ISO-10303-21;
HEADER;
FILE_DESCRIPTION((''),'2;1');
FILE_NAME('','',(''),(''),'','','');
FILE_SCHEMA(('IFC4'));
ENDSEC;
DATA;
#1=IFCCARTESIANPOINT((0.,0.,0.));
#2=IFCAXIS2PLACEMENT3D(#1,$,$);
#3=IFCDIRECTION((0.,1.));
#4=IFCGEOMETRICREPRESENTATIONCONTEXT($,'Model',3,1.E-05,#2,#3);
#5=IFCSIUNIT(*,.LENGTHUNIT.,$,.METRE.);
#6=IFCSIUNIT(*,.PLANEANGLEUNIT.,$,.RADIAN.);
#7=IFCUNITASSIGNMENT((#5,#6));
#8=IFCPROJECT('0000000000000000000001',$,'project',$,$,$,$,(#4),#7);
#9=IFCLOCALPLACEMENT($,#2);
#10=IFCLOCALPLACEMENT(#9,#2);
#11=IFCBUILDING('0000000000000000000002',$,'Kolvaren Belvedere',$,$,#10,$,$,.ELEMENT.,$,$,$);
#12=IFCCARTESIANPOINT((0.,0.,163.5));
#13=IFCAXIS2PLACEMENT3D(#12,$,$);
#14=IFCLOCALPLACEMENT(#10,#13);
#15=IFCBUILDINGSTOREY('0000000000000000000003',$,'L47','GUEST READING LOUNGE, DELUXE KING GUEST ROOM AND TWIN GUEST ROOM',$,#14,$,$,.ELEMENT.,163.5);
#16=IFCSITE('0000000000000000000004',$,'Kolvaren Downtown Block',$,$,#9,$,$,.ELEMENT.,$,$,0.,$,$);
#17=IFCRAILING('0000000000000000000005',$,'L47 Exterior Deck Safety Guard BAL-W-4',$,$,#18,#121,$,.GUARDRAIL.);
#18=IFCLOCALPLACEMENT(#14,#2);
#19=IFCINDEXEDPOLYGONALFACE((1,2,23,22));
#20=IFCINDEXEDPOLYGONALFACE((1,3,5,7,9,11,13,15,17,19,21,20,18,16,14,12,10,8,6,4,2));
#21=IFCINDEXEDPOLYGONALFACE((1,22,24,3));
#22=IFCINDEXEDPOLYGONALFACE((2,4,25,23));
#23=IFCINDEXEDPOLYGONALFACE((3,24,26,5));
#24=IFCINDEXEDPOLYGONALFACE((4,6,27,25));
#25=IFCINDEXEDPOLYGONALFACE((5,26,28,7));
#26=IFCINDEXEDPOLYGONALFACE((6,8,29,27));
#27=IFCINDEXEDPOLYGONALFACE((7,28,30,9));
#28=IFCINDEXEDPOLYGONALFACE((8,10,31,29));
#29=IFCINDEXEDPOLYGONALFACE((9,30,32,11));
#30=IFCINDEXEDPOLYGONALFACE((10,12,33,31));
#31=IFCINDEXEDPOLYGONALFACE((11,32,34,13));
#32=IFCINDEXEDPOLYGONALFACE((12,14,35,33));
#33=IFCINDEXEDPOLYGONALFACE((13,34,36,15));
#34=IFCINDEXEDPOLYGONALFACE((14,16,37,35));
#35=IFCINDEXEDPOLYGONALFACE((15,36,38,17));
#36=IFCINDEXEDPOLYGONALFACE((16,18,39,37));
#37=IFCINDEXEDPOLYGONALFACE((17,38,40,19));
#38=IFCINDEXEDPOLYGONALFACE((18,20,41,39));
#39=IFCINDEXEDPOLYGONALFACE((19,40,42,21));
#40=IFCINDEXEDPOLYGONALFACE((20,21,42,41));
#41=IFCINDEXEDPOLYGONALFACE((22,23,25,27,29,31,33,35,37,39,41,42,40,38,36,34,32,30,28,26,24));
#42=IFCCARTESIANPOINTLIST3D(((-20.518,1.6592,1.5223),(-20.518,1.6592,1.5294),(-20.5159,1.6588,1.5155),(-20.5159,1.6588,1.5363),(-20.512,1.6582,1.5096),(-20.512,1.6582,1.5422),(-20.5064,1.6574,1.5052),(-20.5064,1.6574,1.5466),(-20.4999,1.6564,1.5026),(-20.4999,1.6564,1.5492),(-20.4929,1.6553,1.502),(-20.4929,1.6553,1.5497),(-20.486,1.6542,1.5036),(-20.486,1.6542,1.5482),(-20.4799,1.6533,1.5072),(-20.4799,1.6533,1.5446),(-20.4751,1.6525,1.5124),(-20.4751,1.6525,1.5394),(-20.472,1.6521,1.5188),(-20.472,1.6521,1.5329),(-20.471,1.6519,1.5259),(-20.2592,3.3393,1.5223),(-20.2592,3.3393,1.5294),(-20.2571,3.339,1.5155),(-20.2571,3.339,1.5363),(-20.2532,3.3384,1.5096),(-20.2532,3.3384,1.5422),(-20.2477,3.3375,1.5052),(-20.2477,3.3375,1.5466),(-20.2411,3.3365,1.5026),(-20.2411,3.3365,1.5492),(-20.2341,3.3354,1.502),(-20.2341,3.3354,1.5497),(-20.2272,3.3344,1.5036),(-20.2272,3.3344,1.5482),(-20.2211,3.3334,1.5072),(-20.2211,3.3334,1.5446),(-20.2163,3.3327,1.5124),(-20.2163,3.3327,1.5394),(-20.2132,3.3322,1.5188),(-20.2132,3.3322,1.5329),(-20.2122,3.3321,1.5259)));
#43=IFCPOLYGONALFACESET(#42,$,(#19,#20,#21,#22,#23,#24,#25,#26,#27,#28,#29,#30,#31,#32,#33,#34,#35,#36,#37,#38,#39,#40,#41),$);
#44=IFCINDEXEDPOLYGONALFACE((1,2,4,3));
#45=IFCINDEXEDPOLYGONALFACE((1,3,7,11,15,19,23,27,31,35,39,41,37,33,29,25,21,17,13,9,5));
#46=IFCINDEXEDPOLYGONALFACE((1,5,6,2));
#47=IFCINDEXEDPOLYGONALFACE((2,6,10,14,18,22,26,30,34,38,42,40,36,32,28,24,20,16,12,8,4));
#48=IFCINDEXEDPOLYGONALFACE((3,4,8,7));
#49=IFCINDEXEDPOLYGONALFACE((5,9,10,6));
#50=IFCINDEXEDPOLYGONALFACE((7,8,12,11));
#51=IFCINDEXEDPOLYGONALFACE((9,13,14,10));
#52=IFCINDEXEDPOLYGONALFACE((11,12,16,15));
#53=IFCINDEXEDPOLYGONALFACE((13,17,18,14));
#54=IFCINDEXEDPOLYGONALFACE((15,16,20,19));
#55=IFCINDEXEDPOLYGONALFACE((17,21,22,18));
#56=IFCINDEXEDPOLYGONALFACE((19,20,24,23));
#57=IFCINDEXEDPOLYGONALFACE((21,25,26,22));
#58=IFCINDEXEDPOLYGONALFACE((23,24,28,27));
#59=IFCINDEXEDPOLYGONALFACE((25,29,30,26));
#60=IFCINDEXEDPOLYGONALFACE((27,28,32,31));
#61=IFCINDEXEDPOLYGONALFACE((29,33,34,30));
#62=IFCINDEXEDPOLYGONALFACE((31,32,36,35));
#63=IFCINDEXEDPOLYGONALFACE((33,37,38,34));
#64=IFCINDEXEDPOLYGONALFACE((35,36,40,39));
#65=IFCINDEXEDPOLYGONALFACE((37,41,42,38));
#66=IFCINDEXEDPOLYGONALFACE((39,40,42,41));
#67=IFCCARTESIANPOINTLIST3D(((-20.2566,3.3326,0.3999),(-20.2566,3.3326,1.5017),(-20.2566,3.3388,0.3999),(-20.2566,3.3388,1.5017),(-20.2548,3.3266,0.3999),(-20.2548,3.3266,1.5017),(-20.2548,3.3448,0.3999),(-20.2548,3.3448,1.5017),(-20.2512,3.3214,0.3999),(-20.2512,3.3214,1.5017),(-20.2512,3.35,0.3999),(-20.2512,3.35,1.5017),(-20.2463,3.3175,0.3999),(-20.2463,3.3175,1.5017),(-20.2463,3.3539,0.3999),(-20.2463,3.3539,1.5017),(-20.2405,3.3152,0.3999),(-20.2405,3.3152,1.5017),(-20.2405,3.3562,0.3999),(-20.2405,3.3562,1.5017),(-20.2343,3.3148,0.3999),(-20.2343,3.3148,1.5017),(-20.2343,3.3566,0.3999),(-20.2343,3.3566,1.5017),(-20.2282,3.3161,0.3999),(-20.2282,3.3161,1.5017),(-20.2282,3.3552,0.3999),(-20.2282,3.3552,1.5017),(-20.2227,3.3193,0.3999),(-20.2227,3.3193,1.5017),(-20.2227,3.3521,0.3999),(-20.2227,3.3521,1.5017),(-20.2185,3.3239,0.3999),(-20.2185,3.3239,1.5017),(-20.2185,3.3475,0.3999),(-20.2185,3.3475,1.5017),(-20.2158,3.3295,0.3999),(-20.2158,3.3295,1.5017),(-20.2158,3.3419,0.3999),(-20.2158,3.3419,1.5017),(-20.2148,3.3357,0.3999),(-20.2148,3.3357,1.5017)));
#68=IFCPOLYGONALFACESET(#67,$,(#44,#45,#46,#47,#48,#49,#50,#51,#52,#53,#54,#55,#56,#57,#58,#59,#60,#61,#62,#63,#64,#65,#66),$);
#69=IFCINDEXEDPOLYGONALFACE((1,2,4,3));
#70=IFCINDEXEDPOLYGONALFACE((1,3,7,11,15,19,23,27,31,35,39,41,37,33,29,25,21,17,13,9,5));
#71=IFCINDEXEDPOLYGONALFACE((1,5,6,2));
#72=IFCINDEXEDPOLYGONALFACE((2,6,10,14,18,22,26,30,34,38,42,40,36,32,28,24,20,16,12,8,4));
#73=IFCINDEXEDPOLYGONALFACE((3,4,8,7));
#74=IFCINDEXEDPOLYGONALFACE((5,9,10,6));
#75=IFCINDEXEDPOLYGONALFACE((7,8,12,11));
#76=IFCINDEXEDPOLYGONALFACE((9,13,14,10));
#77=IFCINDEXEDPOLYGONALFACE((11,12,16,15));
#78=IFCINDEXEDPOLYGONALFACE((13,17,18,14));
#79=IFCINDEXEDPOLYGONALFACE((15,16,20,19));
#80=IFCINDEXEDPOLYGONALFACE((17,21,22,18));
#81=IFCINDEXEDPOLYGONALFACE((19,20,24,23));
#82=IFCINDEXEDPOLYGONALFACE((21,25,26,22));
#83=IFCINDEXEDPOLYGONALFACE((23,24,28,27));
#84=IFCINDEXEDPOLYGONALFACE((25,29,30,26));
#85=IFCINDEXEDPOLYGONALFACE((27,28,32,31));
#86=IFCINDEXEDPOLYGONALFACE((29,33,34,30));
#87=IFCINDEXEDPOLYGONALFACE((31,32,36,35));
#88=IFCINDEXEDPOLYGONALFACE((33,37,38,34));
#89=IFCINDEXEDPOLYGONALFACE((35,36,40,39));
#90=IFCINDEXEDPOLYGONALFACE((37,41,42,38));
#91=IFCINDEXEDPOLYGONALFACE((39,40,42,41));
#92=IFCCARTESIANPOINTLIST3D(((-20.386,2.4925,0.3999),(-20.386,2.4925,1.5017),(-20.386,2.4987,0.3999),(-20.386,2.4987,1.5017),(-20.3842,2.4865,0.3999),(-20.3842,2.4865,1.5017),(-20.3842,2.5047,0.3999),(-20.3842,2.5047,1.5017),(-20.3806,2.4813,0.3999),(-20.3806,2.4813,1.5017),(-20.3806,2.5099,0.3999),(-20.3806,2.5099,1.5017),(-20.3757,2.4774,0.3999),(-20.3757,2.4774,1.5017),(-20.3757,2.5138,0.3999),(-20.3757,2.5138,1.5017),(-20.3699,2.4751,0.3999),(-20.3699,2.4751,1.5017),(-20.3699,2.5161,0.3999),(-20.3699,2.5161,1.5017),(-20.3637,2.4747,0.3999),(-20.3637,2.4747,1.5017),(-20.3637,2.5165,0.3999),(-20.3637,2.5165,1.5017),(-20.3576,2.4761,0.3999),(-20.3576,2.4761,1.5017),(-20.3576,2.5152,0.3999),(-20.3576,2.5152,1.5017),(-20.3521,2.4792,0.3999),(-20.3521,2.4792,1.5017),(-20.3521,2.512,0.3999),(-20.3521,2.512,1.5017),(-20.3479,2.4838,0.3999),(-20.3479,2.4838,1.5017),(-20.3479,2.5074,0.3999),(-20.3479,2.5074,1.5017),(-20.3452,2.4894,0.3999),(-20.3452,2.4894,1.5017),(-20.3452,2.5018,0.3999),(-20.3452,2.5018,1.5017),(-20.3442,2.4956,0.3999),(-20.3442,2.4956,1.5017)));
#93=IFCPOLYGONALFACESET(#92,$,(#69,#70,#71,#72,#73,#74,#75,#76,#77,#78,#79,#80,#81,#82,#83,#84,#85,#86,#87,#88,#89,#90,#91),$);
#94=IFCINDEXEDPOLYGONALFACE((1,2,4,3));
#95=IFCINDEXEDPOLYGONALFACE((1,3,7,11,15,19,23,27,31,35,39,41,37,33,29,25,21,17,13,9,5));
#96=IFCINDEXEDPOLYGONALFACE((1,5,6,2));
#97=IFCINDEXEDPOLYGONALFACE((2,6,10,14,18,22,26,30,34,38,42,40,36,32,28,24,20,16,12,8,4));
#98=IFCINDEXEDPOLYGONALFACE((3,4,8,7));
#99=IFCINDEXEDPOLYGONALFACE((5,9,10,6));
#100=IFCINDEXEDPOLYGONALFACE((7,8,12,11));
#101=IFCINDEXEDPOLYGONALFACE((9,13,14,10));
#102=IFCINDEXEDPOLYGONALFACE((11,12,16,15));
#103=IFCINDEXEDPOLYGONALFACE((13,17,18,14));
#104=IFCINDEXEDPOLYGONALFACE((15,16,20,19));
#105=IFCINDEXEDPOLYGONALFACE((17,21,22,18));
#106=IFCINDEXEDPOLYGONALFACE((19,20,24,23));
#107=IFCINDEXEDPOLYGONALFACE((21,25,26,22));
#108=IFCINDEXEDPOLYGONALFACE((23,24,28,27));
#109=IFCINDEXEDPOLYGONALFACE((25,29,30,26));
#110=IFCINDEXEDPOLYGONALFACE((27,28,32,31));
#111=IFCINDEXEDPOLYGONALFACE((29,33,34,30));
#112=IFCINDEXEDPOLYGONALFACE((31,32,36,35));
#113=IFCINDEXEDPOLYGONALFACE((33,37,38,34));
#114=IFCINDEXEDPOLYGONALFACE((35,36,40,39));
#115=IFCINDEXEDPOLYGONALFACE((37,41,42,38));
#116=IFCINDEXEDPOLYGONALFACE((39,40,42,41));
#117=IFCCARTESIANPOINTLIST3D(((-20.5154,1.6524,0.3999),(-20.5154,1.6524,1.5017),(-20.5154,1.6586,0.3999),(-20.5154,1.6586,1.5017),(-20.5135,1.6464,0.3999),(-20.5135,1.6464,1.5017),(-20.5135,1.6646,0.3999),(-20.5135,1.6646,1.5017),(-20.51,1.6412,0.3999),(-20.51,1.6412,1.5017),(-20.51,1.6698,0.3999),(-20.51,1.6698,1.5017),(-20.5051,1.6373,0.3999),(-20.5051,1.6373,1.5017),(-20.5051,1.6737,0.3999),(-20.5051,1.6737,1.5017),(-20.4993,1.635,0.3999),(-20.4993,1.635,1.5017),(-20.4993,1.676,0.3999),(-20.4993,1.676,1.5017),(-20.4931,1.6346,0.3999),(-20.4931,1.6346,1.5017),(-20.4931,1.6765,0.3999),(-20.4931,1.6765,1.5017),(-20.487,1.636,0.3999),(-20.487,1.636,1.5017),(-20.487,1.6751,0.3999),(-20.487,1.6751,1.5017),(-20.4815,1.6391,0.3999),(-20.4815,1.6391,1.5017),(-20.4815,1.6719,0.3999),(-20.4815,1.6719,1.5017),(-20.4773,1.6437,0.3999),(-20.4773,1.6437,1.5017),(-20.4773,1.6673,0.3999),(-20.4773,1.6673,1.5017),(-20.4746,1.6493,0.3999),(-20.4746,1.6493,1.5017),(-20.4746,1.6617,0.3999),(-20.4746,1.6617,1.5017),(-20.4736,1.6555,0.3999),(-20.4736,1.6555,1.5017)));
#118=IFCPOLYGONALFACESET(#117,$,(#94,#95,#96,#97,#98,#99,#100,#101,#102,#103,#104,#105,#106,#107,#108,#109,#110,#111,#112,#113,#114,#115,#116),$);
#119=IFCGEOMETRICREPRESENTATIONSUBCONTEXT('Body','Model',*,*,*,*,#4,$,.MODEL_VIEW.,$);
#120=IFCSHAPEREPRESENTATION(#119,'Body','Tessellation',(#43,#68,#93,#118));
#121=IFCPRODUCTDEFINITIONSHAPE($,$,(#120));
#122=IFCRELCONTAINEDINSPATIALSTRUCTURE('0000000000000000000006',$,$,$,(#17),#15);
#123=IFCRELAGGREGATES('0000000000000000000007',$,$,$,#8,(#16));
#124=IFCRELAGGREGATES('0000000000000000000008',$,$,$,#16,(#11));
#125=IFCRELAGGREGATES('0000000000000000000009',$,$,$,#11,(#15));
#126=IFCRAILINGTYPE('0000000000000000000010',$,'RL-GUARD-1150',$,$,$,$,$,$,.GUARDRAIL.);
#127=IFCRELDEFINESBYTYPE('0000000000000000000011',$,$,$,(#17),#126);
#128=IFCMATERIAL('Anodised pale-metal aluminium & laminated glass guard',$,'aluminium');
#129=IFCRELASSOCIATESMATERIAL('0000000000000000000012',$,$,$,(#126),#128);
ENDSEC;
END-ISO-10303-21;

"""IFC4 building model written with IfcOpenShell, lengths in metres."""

from ifc_helpers import new_model, si_unit, direction, frame, origin, origin_2d, place, context, subcontext, project, spatial, circle, extrude, material, type_object, element, save


model = new_model("IFC4")

# Units and contexts
model_context = context("Model", 3, precision=1e-05, world=origin(), true_north=direction((0.0, 1.0)))
body_context = subcontext(model_context, "Body", "Model", "MODEL_VIEW")
ifc_project = project(units=[si_unit("LENGTHUNIT", "METRE"), si_unit("PLANEANGLEUNIT", "RADIAN")], contexts=[model_context])

# Site, building, storey
site_placement = place(None, origin())
site = spatial("IfcSite", under=ifc_project, at=site_placement, Name="Kolvaren Downtown Block", CompositionType="ELEMENT", RefElevation=0.0)
building_placement = place(site_placement, origin())
building = spatial("IfcBuilding", under=site, at=building_placement, Name="Kolvaren Belvedere", CompositionType="ELEMENT")
storey_placement = place(building_placement, frame((0.0, 0.0, 163.5)))
storey = spatial("IfcBuildingStorey", under=building, at=storey_placement, Name="L47", Description="GUEST READING LOUNGE, DELUXE KING GUEST ROOM AND TWIN GUEST ROOM", CompositionType="ELEMENT", Elevation=163.5)

# Railing
ifc_material_1 = material(Name="Anodised pale-metal aluminium & laminated glass guard", Category="aluminium")
railing_type = type_object("IfcRailingType", Name="RL-GUARD-1150", PredefinedType="GUARDRAIL", material=ifc_material_1)
railing_1_placement = place(storey_placement, frame((-20.2358, 3.3357, 0.3999)))
element("IfcRailing", 1, at=railing_1_placement, inside=storey, type_object=railing_type, Name="L47 Exterior Deck Safety Guard BAL-W-4", PredefinedType="GUARDRAIL", context=body_context, shape_type="SweptSolid", body=[
    extrude(circle(Radius=0.0239, at=origin_2d()), frame((0.0, 0.0, 1.126), z_axis=(-0.15223, -0.988345, 0.0), x_axis=(0.988345, -0.15223, 0.0)), (0.0, 0.0, 1.0), 1.7),
    extrude(circle(Radius=0.021, at=origin_2d()), origin(), (0.0, 0.0, 1.0), 1.1018),
    extrude(circle(Radius=0.021, at=origin_2d()), frame((-0.1294, -0.8401, 0.0)), (0.0, 0.0, 1.0), 1.1018),
    extrude(circle(Radius=0.021, at=origin_2d()), frame((-0.2588, -1.6802, 0.0)), (0.0, 0.0, 1.0), 1.1018),
])

save(model, "model.ifc")
